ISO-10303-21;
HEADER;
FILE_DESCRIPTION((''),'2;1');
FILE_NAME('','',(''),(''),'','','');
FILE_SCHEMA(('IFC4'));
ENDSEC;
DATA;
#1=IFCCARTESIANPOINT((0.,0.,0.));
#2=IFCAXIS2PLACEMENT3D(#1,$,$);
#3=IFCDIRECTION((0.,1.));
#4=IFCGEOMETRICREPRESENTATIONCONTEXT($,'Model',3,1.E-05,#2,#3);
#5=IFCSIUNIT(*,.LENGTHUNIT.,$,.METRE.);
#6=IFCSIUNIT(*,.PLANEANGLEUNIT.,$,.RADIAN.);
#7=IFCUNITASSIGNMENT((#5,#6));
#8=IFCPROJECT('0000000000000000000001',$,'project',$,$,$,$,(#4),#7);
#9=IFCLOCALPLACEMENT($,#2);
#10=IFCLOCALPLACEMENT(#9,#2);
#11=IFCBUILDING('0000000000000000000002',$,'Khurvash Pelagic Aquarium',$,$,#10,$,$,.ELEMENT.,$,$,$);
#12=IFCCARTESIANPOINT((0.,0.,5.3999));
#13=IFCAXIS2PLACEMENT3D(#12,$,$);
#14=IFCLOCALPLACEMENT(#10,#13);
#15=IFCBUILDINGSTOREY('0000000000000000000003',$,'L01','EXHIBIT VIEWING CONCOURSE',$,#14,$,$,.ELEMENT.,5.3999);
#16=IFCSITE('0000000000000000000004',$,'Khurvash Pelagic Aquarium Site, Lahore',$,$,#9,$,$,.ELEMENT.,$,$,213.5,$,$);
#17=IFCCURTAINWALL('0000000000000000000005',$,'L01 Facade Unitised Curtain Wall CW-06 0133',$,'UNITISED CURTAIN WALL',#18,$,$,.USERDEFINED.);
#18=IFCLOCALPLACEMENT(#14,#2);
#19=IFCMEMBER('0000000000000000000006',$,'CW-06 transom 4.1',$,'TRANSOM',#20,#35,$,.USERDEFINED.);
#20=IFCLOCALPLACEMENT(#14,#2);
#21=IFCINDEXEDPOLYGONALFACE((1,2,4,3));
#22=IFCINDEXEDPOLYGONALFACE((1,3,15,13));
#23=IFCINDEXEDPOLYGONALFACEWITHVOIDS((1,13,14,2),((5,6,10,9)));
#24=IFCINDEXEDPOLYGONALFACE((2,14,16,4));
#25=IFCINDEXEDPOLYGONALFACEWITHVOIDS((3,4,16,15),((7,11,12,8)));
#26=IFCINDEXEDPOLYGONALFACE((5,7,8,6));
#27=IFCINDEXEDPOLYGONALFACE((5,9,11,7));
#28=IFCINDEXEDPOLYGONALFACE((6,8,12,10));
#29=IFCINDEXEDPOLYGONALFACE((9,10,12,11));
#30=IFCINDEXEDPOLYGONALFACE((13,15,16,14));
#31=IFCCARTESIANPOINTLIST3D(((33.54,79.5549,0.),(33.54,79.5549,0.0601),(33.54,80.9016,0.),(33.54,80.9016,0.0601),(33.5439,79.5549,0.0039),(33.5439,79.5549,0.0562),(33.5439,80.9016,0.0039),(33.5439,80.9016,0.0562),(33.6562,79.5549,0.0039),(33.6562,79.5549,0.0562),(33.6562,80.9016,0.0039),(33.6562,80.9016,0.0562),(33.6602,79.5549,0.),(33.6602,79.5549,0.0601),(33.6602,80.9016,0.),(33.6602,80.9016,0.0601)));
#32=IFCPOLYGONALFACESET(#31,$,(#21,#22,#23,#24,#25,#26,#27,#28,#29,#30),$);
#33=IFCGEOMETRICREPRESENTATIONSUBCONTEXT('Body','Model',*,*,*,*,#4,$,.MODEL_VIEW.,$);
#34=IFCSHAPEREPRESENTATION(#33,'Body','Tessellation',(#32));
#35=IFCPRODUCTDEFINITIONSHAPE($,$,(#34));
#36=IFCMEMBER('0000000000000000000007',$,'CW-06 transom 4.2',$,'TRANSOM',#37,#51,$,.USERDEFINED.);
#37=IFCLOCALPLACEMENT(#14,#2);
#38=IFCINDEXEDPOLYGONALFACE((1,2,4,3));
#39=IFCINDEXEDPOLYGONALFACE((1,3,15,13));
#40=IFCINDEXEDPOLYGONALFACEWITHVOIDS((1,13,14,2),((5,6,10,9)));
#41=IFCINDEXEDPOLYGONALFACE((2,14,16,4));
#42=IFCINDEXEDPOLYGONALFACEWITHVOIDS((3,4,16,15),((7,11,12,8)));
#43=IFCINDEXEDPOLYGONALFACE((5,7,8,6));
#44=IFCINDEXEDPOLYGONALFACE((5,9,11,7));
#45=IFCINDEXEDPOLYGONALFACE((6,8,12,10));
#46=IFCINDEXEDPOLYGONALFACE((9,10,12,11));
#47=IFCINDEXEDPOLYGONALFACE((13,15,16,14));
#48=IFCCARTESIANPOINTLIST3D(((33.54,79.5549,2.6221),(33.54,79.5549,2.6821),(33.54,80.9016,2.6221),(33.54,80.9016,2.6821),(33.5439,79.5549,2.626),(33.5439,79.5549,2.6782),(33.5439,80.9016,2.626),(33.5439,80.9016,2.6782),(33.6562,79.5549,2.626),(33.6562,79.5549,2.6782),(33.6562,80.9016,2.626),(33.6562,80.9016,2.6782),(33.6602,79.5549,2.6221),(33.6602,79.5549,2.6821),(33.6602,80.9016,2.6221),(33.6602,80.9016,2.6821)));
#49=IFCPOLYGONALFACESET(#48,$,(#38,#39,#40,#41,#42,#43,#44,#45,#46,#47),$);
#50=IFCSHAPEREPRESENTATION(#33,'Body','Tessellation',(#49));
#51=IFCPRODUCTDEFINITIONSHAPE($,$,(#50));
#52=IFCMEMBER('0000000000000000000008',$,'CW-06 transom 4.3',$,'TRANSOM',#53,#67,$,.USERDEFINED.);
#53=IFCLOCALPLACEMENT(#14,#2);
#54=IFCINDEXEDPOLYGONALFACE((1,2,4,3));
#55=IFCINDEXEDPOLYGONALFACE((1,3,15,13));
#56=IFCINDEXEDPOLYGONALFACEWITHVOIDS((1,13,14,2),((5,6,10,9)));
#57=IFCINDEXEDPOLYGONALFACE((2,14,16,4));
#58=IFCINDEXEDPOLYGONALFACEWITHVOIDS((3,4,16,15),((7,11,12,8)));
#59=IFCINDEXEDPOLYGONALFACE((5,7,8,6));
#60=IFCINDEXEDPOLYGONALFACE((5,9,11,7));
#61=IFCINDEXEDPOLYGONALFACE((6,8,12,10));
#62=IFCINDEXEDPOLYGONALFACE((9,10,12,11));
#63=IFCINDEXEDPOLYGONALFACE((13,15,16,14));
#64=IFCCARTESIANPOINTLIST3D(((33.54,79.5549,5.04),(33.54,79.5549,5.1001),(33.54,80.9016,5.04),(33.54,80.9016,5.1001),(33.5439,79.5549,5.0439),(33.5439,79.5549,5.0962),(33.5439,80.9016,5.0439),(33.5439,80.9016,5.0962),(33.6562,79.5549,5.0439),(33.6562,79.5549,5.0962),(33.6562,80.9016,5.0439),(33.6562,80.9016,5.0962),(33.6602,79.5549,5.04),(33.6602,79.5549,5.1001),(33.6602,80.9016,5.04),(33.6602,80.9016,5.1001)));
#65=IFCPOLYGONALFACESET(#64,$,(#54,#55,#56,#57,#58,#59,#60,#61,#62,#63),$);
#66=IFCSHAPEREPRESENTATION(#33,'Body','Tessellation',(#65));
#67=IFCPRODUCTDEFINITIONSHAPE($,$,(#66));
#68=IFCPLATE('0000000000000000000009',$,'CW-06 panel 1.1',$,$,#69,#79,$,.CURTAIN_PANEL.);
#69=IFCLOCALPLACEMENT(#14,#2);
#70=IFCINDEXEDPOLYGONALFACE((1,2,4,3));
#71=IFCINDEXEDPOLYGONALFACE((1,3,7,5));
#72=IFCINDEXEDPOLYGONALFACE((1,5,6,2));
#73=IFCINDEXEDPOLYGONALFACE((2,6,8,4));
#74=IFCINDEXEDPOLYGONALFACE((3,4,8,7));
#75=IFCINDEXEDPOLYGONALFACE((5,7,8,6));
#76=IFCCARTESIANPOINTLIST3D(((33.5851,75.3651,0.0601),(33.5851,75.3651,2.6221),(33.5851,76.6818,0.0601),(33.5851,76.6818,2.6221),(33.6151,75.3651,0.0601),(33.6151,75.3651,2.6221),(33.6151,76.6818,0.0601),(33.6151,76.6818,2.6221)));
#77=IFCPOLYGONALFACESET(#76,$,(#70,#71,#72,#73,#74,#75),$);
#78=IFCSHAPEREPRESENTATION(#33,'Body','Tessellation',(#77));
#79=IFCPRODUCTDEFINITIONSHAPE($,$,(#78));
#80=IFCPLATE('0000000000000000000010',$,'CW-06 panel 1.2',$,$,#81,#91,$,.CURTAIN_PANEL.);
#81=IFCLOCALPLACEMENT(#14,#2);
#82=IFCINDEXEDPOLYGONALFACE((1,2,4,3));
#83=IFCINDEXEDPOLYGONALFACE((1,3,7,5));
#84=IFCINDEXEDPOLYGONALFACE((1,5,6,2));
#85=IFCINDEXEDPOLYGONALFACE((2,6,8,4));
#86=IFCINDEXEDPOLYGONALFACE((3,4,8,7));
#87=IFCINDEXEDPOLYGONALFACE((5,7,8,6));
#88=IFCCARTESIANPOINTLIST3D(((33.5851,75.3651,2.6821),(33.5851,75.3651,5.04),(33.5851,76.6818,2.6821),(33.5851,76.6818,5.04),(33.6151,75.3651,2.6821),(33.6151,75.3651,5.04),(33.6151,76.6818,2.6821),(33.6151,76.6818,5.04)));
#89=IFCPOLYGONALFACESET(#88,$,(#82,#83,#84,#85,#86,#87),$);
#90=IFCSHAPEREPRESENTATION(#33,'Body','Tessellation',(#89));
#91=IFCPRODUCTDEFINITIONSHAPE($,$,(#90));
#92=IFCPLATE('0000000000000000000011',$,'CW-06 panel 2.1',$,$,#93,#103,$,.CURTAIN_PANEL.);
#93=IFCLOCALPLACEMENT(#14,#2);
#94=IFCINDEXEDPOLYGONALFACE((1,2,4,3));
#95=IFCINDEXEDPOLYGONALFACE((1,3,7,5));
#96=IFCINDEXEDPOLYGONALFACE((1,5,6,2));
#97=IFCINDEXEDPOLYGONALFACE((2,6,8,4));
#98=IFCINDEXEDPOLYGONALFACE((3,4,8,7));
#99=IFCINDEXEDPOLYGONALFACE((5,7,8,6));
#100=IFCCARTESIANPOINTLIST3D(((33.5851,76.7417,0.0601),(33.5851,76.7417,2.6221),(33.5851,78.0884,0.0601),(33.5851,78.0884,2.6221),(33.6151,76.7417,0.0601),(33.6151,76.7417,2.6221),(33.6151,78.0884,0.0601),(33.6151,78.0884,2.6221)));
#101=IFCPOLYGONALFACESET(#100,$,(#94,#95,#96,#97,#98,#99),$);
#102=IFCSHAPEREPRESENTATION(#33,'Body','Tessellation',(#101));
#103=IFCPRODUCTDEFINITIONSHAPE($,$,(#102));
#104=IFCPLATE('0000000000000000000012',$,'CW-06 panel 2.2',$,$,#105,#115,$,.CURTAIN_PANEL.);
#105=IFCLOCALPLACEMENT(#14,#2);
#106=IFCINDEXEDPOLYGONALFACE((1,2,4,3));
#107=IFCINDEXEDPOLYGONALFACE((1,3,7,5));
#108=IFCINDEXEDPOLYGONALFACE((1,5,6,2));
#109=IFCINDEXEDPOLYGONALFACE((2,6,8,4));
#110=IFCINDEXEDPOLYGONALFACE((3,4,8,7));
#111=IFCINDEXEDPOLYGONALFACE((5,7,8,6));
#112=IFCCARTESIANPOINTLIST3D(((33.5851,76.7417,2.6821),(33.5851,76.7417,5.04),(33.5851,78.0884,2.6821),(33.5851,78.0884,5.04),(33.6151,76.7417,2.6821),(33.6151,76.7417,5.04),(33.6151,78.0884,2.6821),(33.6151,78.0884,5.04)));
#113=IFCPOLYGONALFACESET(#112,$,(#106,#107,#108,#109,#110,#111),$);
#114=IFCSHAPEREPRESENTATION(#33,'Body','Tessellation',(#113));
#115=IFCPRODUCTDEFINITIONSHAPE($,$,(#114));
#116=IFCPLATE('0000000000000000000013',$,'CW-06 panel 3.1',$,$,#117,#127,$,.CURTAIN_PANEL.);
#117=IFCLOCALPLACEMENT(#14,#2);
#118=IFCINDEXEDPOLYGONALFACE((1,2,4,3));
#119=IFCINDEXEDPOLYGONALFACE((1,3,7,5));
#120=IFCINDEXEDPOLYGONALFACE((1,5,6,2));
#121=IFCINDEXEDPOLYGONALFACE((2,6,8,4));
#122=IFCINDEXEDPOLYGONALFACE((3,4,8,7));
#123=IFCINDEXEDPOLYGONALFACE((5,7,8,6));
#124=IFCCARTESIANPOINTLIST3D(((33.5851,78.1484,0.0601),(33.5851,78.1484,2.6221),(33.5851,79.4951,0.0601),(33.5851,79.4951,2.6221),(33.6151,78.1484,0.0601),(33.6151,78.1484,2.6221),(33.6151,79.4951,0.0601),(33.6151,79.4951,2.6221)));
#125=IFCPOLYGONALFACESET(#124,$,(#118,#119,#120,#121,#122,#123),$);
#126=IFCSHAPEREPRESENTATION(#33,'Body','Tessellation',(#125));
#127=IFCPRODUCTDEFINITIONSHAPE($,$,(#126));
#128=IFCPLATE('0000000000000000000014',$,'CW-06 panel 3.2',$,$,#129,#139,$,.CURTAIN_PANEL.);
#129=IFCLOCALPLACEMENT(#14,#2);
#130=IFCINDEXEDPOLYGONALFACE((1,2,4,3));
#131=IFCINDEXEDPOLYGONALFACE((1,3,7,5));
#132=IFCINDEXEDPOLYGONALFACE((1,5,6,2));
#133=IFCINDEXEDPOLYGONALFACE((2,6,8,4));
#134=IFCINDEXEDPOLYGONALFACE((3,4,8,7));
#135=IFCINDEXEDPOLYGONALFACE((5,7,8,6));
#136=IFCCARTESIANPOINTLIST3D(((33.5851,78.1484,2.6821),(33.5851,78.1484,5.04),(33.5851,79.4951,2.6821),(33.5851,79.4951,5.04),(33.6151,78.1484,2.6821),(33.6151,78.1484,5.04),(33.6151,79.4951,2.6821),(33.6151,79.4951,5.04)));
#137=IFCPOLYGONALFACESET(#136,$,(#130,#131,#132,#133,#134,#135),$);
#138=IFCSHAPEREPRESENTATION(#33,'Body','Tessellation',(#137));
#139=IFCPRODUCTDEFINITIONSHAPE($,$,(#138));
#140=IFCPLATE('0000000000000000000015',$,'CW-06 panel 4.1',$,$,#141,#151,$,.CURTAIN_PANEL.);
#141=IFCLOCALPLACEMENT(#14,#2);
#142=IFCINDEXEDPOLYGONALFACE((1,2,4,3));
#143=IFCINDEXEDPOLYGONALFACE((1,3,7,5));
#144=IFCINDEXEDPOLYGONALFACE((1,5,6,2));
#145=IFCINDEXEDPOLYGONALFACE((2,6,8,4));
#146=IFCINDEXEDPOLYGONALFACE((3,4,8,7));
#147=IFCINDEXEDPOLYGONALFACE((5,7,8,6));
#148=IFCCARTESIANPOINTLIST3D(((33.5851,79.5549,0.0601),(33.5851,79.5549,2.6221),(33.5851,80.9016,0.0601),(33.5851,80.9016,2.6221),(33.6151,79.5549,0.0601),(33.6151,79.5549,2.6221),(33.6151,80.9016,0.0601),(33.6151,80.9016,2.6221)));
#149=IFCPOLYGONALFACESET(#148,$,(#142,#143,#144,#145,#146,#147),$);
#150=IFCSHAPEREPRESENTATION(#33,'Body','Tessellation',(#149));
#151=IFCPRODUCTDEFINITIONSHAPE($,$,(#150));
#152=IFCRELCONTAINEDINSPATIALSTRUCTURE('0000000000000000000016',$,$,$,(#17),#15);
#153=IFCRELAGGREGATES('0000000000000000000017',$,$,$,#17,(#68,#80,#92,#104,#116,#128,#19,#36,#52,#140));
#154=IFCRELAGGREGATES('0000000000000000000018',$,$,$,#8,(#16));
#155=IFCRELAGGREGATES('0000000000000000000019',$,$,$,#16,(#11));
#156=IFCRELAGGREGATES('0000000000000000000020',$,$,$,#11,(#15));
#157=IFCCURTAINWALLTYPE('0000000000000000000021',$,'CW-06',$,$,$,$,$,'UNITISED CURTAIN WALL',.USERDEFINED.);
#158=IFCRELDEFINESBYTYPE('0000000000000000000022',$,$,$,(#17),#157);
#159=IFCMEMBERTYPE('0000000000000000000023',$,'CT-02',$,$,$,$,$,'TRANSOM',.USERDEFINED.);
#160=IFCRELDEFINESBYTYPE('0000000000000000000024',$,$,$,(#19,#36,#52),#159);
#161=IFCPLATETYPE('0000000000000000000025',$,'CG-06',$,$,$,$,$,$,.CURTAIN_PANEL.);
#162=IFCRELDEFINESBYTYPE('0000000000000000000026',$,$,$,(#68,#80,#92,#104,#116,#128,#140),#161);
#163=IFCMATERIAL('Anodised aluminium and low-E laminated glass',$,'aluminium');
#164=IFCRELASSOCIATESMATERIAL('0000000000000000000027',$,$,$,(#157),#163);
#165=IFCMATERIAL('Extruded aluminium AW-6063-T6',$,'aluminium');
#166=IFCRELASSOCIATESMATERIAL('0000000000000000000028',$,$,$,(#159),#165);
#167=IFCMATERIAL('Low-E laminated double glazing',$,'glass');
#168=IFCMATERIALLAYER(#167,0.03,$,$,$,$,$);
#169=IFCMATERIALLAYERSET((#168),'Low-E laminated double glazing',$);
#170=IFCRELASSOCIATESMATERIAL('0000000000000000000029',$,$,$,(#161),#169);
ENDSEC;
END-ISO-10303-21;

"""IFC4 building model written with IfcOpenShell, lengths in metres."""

from ifc_helpers import new_model, si_unit, direction, frame, origin, origin_2d, place, context, subcontext, project, spatial, rectangle, hollow_rectangle, extrude, material, layer, layer_set, material_profile, profile_set, type_object, element, aggregate, save


model = new_model("IFC4")

# Units and contexts
model_context = context("Model", 3, precision=1e-05, world=origin(), true_north=direction((0.0, 1.0)))
body_context = subcontext(model_context, "Body", "Model", "MODEL_VIEW")
ifc_project = project(units=[si_unit("LENGTHUNIT", "METRE"), si_unit("PLANEANGLEUNIT", "RADIAN")], contexts=[model_context])

# Site, building, storey
site_placement = place(None, origin())
site = spatial("IfcSite", under=ifc_project, at=site_placement, Name="Khurvash Pelagic Aquarium Site, Lahore", CompositionType="ELEMENT", RefElevation=213.5)
building_placement = place(site_placement, origin())
building = spatial("IfcBuilding", under=site, at=building_placement, Name="Khurvash Pelagic Aquarium", CompositionType="ELEMENT")
storey_placement = place(building_placement, frame((0.0, 0.0, 5.3999)))
storey = spatial("IfcBuildingStorey", under=building, at=storey_placement, Name="L01", Description="EXHIBIT VIEWING CONCOURSE", CompositionType="ELEMENT", Elevation=5.3999)

# Curtain wall, members, plates
ifc_material_1 = material(Name="Anodised aluminium and low-E laminated glass", Category="aluminium")
curtain_wall_type = type_object("IfcCurtainWallType", Name="CW-06", ElementType="UNITISED CURTAIN WALL", PredefinedType="USERDEFINED", material=ifc_material_1)
curtain_wall_placement = place(storey_placement, origin())
curtain_wall = element("IfcCurtainWall", 1, at=curtain_wall_placement, inside=storey, type_object=curtain_wall_type, Name="L01 Facade Unitised Curtain Wall CW-06 0133", ObjectType="UNITISED CURTAIN WALL", PredefinedType="USERDEFINED")
ifc_material_2 = material(Name="Extruded aluminium AW-6063-T6", Category="aluminium")
ifc_material_profile_1 = material_profile(ifc_material_2, hollow_rectangle(XDim=0.1201, YDim=0.0601, WallThickness=0.0039, at=origin_2d()), Name="CWT120X60X4")
ifc_profile_set_1 = profile_set([ifc_material_profile_1], Name="Extruded aluminium AW-6063-T6")
member_type_1 = type_object("IfcMemberType", Name="CT-02", ElementType="TRANSOM", PredefinedType="USERDEFINED", material=ifc_profile_set_1)
member_1_placement = place(storey_placement, frame((33.6001, 79.5549, 0.03), z_axis=(0.0, 1.0, 0.0), x_axis=(-1.0, 0.0, 0.0)))
member_1 = element("IfcMember", 2, at=member_1_placement, type_object=member_type_1, Name="CW-06 transom 4.1", ObjectType="TRANSOM", PredefinedType="USERDEFINED", context=body_context, shape_type="SweptSolid", body=[
    extrude(hollow_rectangle(XDim=0.1201, YDim=0.0601, WallThickness=0.0039, at=origin_2d()), origin(), (0.0, 0.0, 1.0), 1.3467),
])
member_2_placement = place(storey_placement, frame((33.6001, 79.5549, 2.6521), z_axis=(0.0, 1.0, 0.0), x_axis=(-1.0, 0.0, 0.0)))
member_2 = element("IfcMember", 3, at=member_2_placement, type_object=member_type_1, Name="CW-06 transom 4.2", ObjectType="TRANSOM", PredefinedType="USERDEFINED", context=body_context, shape_type="SweptSolid", body=[
    extrude(hollow_rectangle(XDim=0.1201, YDim=0.0601, WallThickness=0.0039, at=origin_2d()), origin(), (0.0, 0.0, 1.0), 1.3467),
])
member_3_placement = place(storey_placement, frame((33.6001, 79.5549, 5.0701), z_axis=(0.0, 1.0, 0.0), x_axis=(-1.0, 0.0, 0.0)))
member_3 = element("IfcMember", 4, at=member_3_placement, type_object=member_type_1, Name="CW-06 transom 4.3", ObjectType="TRANSOM", PredefinedType="USERDEFINED", context=body_context, shape_type="SweptSolid", body=[
    extrude(hollow_rectangle(XDim=0.1201, YDim=0.0601, WallThickness=0.0039, at=origin_2d()), origin(), (0.0, 0.0, 1.0), 1.3467),
])
ifc_material_3 = material(Name="Low-E laminated double glazing", Category="glass")
ifc_layer = layer(ifc_material_3, 0.03)
ifc_layer_set = layer_set([ifc_layer], Name="Low-E laminated double glazing")
plate_type = type_object("IfcPlateType", Name="CG-06", PredefinedType="CURTAIN_PANEL", material=ifc_layer_set)
plate_1_placement = place(storey_placement, frame((33.6001, 76.0234, 0.0601), z_axis=(0.0, 0.0, 1.0), x_axis=(0.0, 1.0, 0.0)))
plate_1 = element("IfcPlate", 5, at=plate_1_placement, type_object=plate_type, Name="CW-06 panel 1.1", PredefinedType="CURTAIN_PANEL", context=body_context, shape_type="SweptSolid", body=[
    extrude(rectangle(XDim=1.3167, YDim=0.03, at=origin_2d()), origin(), (0.0, 0.0, 1.0), 2.562),
])
plate_2_placement = place(storey_placement, frame((33.6001, 76.0234, 2.6821), z_axis=(0.0, 0.0, 1.0), x_axis=(0.0, 1.0, 0.0)))
plate_2 = element("IfcPlate", 6, at=plate_2_placement, type_object=plate_type, Name="CW-06 panel 1.2", PredefinedType="CURTAIN_PANEL", context=body_context, shape_type="SweptSolid", body=[
    extrude(rectangle(XDim=1.3167, YDim=0.03, at=origin_2d()), origin(), (0.0, 0.0, 1.0), 2.3579),
])
plate_3_placement = place(storey_placement, frame((33.6001, 77.415, 0.0601), z_axis=(0.0, 0.0, 1.0), x_axis=(0.0, 1.0, 0.0)))
plate_3 = element("IfcPlate", 7, at=plate_3_placement, type_object=plate_type, Name="CW-06 panel 2.1", PredefinedType="CURTAIN_PANEL", context=body_context, shape_type="SweptSolid", body=[
    extrude(rectangle(XDim=1.3467, YDim=0.03, at=origin_2d()), origin(), (0.0, 0.0, 1.0), 2.562),
])
plate_4_placement = place(storey_placement, frame((33.6001, 77.415, 2.6821), z_axis=(0.0, 0.0, 1.0), x_axis=(0.0, 1.0, 0.0)))
plate_4 = element("IfcPlate", 8, at=plate_4_placement, type_object=plate_type, Name="CW-06 panel 2.2", PredefinedType="CURTAIN_PANEL", context=body_context, shape_type="SweptSolid", body=[
    extrude(rectangle(XDim=1.3467, YDim=0.03, at=origin_2d()), origin(), (0.0, 0.0, 1.0), 2.3579),
])
plate_5_placement = place(storey_placement, frame((33.6001, 78.8218, 0.0601), z_axis=(0.0, 0.0, 1.0), x_axis=(0.0, 1.0, 0.0)))
plate_5 = element("IfcPlate", 9, at=plate_5_placement, type_object=plate_type, Name="CW-06 panel 3.1", PredefinedType="CURTAIN_PANEL", context=body_context, shape_type="SweptSolid", body=[
    extrude(rectangle(XDim=1.3467, YDim=0.03, at=origin_2d()), origin(), (0.0, 0.0, 1.0), 2.562),
])
plate_6_placement = place(storey_placement, frame((33.6001, 78.8218, 2.6821), z_axis=(0.0, 0.0, 1.0), x_axis=(0.0, 1.0, 0.0)))
plate_6 = element("IfcPlate", 10, at=plate_6_placement, type_object=plate_type, Name="CW-06 panel 3.2", PredefinedType="CURTAIN_PANEL", context=body_context, shape_type="SweptSolid", body=[
    extrude(rectangle(XDim=1.3467, YDim=0.03, at=origin_2d()), origin(), (0.0, 0.0, 1.0), 2.3579),
])
plate_7_placement = place(storey_placement, frame((33.6001, 80.2283, 0.0601), z_axis=(0.0, 0.0, 1.0), x_axis=(0.0, 1.0, 0.0)))
plate_7 = element("IfcPlate", 11, at=plate_7_placement, type_object=plate_type, Name="CW-06 panel 4.1", PredefinedType="CURTAIN_PANEL", context=body_context, shape_type="SweptSolid", body=[
    extrude(rectangle(XDim=1.3467, YDim=0.03, at=origin_2d()), origin(), (0.0, 0.0, 1.0), 2.562),
])
aggregate(curtain_wall, [plate_1, plate_2, plate_3, plate_4, plate_5, plate_6, member_1, member_2, member_3, plate_7])

save(model, "model.ifc")
